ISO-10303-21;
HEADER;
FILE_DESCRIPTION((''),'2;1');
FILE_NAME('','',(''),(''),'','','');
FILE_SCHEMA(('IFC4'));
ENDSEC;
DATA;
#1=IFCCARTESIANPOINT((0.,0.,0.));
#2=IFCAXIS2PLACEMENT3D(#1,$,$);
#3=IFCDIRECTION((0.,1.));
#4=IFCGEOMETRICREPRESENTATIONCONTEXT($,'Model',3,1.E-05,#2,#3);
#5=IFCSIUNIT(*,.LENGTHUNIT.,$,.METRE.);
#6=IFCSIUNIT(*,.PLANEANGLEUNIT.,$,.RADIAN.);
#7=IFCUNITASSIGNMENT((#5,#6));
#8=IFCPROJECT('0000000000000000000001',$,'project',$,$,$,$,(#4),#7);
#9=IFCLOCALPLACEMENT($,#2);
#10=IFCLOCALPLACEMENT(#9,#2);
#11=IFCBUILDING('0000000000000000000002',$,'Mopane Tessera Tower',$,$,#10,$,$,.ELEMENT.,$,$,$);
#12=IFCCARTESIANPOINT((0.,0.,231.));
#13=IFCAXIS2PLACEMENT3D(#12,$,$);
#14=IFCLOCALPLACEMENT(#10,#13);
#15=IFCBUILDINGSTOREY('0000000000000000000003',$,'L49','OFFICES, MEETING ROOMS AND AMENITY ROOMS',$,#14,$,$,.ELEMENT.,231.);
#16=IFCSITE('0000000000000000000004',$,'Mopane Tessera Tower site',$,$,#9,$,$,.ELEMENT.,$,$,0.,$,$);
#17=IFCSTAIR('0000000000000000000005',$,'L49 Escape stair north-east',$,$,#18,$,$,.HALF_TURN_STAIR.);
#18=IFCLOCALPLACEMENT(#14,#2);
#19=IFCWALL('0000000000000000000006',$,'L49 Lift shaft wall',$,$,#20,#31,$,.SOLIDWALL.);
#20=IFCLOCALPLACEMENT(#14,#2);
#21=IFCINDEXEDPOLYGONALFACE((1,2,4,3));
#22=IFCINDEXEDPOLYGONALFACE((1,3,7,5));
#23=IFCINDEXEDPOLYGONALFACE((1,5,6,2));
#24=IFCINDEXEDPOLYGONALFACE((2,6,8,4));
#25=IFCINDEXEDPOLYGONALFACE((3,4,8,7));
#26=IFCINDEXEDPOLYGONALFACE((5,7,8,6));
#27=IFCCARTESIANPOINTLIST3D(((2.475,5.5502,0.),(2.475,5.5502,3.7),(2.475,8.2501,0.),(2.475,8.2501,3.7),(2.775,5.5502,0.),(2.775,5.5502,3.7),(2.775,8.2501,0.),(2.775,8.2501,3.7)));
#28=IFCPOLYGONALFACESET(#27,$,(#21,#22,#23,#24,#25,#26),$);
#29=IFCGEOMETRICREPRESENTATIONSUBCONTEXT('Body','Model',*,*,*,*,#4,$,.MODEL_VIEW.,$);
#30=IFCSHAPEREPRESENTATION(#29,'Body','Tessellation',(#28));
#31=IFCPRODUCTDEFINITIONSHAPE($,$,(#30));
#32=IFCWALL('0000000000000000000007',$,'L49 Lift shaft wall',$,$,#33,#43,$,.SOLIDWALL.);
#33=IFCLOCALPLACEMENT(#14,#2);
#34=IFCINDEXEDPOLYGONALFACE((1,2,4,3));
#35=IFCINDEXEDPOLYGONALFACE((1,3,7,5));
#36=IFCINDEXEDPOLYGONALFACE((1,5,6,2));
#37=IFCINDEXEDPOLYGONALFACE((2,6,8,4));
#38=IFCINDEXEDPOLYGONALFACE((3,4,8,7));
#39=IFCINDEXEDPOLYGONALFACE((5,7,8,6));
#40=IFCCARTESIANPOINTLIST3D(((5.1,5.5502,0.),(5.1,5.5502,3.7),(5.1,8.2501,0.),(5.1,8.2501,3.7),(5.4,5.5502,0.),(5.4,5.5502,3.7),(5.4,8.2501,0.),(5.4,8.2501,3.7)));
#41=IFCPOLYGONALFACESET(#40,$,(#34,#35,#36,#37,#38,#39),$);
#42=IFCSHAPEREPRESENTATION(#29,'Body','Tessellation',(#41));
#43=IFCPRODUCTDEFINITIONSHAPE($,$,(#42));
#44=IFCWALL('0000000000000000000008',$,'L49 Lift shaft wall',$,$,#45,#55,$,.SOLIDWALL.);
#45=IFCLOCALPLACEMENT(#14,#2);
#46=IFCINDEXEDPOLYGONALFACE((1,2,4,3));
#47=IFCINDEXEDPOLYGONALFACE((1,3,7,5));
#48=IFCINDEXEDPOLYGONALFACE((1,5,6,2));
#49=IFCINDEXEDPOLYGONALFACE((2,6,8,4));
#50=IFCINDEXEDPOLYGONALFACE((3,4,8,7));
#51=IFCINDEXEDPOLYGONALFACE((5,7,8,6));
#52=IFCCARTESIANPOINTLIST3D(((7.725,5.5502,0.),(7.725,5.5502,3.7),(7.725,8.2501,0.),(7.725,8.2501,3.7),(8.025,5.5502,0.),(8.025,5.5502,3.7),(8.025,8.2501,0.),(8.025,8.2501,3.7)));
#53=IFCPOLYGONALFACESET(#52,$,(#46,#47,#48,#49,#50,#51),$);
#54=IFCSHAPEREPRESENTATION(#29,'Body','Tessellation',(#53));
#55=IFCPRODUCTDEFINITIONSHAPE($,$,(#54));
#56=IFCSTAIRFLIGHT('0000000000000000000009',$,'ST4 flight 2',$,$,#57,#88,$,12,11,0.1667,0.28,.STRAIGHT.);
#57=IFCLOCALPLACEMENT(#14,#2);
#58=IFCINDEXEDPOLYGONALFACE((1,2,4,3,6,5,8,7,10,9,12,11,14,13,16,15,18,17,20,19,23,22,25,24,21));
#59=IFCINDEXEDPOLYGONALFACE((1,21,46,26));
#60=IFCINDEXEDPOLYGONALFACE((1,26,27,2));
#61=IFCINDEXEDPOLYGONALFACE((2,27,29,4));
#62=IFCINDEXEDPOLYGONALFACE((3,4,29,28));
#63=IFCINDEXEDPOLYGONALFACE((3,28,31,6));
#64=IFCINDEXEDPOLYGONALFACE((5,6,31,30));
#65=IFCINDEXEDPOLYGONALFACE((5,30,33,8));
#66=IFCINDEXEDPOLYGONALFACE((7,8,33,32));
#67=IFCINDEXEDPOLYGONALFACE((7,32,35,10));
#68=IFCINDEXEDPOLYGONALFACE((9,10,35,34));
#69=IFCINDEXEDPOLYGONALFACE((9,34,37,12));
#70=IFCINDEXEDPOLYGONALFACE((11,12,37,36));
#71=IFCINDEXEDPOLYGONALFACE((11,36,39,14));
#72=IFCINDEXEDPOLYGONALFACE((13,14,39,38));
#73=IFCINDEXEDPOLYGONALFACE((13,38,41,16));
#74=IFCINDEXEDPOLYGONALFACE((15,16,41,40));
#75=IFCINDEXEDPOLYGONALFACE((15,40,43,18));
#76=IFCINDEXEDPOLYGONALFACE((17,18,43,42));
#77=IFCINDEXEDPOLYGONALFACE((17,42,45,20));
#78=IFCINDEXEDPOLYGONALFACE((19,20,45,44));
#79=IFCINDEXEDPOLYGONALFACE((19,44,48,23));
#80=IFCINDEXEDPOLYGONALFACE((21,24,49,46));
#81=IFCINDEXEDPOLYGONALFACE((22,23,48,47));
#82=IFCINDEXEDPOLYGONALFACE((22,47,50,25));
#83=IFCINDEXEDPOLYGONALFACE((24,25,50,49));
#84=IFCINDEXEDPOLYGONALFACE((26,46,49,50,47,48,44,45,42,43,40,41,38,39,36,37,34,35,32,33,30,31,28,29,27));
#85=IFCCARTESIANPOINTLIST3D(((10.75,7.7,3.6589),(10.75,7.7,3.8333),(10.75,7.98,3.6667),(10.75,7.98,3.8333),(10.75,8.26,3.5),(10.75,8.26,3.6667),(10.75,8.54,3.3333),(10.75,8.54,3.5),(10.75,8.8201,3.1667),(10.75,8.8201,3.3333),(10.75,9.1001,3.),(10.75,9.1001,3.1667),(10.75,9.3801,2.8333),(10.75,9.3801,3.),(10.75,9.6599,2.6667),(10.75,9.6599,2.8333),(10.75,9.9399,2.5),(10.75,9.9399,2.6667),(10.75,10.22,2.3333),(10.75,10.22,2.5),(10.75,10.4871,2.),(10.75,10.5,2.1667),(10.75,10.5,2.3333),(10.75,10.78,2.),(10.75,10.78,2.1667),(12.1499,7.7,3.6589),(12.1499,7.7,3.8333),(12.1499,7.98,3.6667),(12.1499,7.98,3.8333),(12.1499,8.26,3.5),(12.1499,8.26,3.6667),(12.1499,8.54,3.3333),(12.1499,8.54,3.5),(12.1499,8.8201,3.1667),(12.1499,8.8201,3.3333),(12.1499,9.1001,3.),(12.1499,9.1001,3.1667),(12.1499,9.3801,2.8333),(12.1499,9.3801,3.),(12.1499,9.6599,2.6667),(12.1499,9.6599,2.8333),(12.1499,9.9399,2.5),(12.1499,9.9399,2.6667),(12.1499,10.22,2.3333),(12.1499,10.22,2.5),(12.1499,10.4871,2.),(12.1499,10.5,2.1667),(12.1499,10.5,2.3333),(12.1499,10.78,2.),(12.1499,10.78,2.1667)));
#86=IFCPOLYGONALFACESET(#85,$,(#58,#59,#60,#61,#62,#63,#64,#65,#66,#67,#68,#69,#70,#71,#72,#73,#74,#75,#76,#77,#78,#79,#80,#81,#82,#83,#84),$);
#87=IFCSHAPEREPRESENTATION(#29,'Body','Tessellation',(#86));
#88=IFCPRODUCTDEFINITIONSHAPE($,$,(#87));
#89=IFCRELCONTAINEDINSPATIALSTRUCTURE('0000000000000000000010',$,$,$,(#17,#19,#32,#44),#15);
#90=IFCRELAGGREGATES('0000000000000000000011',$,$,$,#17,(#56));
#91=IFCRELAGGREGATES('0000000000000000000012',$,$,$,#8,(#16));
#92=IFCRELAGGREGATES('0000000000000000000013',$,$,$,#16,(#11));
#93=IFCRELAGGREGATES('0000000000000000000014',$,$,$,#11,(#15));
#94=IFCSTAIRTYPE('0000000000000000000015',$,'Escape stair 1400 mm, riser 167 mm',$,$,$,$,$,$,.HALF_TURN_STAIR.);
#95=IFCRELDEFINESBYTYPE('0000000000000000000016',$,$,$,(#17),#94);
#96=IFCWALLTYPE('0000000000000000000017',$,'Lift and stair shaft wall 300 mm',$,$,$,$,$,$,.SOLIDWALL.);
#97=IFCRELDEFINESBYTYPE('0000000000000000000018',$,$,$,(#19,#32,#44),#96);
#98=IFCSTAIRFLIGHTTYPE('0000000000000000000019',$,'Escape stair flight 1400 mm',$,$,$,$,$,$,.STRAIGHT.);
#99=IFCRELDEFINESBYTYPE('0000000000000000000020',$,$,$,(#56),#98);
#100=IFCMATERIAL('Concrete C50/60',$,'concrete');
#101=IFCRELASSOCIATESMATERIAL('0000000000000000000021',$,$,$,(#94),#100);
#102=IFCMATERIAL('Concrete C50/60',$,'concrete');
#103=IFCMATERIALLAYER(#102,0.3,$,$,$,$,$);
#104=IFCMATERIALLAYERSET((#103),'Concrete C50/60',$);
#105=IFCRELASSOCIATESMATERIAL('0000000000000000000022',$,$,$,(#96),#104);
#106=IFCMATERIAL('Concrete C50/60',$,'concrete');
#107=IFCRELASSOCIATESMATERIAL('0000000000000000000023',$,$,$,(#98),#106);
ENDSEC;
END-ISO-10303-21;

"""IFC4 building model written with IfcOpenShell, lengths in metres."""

from ifc_helpers import new_model, si_unit, direction, frame, frame_2d, origin, place, context, subcontext, project, spatial, polyline, rectangle, outline, extrude, material, layer, layer_set, type_object, element, aggregate, save


model = new_model("IFC4")

# Units and contexts
model_context = context("Model", 3, precision=1e-05, world=origin(), true_north=direction((0.0, 1.0)))
body_context = subcontext(model_context, "Body", "Model", "MODEL_VIEW")
ifc_project = project(units=[si_unit("LENGTHUNIT", "METRE"), si_unit("PLANEANGLEUNIT", "RADIAN")], contexts=[model_context])

# Site, building, storey
site_placement = place(None, origin())
site = spatial("IfcSite", under=ifc_project, at=site_placement, Name="Mopane Tessera Tower site", CompositionType="ELEMENT", RefElevation=0.0)
building_placement = place(site_placement, origin())
building = spatial("IfcBuilding", under=site, at=building_placement, Name="Mopane Tessera Tower", CompositionType="ELEMENT")
storey_placement = place(building_placement, frame((0.0, 0.0, 231.0)))
storey = spatial("IfcBuildingStorey", under=building, at=storey_placement, Name="L49", Description="OFFICES, MEETING ROOMS AND AMENITY ROOMS", CompositionType="ELEMENT", Elevation=231.0)

# Stair
ifc_material_1 = material(Name="Concrete C50/60", Category="concrete")
stair_type = type_object("IfcStairType", Name="Escape stair 1400 mm, riser 167 mm", PredefinedType="HALF_TURN_STAIR", material=ifc_material_1)
stair_1_placement = place(storey_placement, origin())
stair_1 = element("IfcStair", 1, at=stair_1_placement, inside=storey, type_object=stair_type, Name="L49 Escape stair north-east", PredefinedType="HALF_TURN_STAIR")

# Shared definitions
ifc_material_2 = material(Name="Concrete C50/60", Category="concrete")
ifc_layer_1 = layer(ifc_material_2, 0.3)
ifc_layer_set_1 = layer_set([ifc_layer_1], Name="Concrete C50/60")
wall_type_1 = type_object("IfcWallType", Name="Lift and stair shaft wall 300 mm", PredefinedType="SOLIDWALL", material=ifc_layer_set_1)

# Walls
for number, where, z_axis, x_axis, name in (
    (2, (2.625, 5.55, 0.0), (0.0, 0.0, 1.0), (0.0, 1.0, 0.0), "L49 Lift shaft wall"),
    (3, (5.25, 5.55, 0.0), (0.0, 0.0, 1.0), (0.0, 1.0, 0.0), "L49 Lift shaft wall"),
    (4, (7.875, 5.55, 0.0), (0.0, 0.0, 1.0), (0.0, 1.0, 0.0), "L49 Lift shaft wall"),
):
    element("IfcWall", number, at=place(storey_placement, frame(where, z_axis=z_axis, x_axis=x_axis)), inside=storey, type_object=wall_type_1, Name=name, PredefinedType="SOLIDWALL", context=body_context, shape_type="SweptSolid", body=[
        extrude(rectangle(XDim=2.7, YDim=0.3, at=frame_2d((1.3501, 0.0))), origin(), (0.0, 0.0, 1.0), 3.7),
    ])

# Stair flight
ifc_material_3 = material(Name="Concrete C50/60", Category="concrete")
stair_flight_type = type_object("IfcStairFlightType", Name="Escape stair flight 1400 mm", PredefinedType="STRAIGHT", material=ifc_material_3)
stair_flight_placement = place(storey_placement, frame((11.45, 10.78, 2.0), z_axis=(0.0, 0.0, 1.0), x_axis=(0.0, -1.0, 0.0)))
stair_flight = element("IfcStairFlight", 5, at=stair_flight_placement, type_object=stair_flight_type, Name="ST4 flight 2", NumberOfRisers=12, NumberOfTreads=11, PredefinedType="STRAIGHT", RiserHeight=0.1667, TreadLength=0.28, context=body_context, shape_type="SweptSolid", body=[
    extrude(outline(polyline([(0.0, 0.0), (0.0, 0.1667), (0.28, 0.1667), (0.28, 0.3333), (0.5601, 0.3333), (0.5601, 0.5), (0.8401, 0.5), (0.8401, 0.6667), (1.1201, 0.6667), (1.1201, 0.8333), (1.3999, 0.8333), (1.3999, 1.0), (1.6799, 1.0), (1.6799, 1.1667), (1.96, 1.1667), (1.96, 1.3333), (2.24, 1.3333), (2.24, 1.5), (2.52, 1.5), (2.52, 1.6667), (2.8, 1.6667), (2.8, 1.8333), (3.0801, 1.8333), (3.0801, 2.0), (3.0801, 1.6589), (0.293, 0.0), (0.0, 0.0)])), frame((0.0, 0.7, 0.0), z_axis=(0.0, -1.0, 0.0), x_axis=(1.0, 0.0, 0.0)), (0.0, 0.0, 1.0), 1.3999),
])
aggregate(stair_1, [stair_flight])

save(model, "model.ifc")
